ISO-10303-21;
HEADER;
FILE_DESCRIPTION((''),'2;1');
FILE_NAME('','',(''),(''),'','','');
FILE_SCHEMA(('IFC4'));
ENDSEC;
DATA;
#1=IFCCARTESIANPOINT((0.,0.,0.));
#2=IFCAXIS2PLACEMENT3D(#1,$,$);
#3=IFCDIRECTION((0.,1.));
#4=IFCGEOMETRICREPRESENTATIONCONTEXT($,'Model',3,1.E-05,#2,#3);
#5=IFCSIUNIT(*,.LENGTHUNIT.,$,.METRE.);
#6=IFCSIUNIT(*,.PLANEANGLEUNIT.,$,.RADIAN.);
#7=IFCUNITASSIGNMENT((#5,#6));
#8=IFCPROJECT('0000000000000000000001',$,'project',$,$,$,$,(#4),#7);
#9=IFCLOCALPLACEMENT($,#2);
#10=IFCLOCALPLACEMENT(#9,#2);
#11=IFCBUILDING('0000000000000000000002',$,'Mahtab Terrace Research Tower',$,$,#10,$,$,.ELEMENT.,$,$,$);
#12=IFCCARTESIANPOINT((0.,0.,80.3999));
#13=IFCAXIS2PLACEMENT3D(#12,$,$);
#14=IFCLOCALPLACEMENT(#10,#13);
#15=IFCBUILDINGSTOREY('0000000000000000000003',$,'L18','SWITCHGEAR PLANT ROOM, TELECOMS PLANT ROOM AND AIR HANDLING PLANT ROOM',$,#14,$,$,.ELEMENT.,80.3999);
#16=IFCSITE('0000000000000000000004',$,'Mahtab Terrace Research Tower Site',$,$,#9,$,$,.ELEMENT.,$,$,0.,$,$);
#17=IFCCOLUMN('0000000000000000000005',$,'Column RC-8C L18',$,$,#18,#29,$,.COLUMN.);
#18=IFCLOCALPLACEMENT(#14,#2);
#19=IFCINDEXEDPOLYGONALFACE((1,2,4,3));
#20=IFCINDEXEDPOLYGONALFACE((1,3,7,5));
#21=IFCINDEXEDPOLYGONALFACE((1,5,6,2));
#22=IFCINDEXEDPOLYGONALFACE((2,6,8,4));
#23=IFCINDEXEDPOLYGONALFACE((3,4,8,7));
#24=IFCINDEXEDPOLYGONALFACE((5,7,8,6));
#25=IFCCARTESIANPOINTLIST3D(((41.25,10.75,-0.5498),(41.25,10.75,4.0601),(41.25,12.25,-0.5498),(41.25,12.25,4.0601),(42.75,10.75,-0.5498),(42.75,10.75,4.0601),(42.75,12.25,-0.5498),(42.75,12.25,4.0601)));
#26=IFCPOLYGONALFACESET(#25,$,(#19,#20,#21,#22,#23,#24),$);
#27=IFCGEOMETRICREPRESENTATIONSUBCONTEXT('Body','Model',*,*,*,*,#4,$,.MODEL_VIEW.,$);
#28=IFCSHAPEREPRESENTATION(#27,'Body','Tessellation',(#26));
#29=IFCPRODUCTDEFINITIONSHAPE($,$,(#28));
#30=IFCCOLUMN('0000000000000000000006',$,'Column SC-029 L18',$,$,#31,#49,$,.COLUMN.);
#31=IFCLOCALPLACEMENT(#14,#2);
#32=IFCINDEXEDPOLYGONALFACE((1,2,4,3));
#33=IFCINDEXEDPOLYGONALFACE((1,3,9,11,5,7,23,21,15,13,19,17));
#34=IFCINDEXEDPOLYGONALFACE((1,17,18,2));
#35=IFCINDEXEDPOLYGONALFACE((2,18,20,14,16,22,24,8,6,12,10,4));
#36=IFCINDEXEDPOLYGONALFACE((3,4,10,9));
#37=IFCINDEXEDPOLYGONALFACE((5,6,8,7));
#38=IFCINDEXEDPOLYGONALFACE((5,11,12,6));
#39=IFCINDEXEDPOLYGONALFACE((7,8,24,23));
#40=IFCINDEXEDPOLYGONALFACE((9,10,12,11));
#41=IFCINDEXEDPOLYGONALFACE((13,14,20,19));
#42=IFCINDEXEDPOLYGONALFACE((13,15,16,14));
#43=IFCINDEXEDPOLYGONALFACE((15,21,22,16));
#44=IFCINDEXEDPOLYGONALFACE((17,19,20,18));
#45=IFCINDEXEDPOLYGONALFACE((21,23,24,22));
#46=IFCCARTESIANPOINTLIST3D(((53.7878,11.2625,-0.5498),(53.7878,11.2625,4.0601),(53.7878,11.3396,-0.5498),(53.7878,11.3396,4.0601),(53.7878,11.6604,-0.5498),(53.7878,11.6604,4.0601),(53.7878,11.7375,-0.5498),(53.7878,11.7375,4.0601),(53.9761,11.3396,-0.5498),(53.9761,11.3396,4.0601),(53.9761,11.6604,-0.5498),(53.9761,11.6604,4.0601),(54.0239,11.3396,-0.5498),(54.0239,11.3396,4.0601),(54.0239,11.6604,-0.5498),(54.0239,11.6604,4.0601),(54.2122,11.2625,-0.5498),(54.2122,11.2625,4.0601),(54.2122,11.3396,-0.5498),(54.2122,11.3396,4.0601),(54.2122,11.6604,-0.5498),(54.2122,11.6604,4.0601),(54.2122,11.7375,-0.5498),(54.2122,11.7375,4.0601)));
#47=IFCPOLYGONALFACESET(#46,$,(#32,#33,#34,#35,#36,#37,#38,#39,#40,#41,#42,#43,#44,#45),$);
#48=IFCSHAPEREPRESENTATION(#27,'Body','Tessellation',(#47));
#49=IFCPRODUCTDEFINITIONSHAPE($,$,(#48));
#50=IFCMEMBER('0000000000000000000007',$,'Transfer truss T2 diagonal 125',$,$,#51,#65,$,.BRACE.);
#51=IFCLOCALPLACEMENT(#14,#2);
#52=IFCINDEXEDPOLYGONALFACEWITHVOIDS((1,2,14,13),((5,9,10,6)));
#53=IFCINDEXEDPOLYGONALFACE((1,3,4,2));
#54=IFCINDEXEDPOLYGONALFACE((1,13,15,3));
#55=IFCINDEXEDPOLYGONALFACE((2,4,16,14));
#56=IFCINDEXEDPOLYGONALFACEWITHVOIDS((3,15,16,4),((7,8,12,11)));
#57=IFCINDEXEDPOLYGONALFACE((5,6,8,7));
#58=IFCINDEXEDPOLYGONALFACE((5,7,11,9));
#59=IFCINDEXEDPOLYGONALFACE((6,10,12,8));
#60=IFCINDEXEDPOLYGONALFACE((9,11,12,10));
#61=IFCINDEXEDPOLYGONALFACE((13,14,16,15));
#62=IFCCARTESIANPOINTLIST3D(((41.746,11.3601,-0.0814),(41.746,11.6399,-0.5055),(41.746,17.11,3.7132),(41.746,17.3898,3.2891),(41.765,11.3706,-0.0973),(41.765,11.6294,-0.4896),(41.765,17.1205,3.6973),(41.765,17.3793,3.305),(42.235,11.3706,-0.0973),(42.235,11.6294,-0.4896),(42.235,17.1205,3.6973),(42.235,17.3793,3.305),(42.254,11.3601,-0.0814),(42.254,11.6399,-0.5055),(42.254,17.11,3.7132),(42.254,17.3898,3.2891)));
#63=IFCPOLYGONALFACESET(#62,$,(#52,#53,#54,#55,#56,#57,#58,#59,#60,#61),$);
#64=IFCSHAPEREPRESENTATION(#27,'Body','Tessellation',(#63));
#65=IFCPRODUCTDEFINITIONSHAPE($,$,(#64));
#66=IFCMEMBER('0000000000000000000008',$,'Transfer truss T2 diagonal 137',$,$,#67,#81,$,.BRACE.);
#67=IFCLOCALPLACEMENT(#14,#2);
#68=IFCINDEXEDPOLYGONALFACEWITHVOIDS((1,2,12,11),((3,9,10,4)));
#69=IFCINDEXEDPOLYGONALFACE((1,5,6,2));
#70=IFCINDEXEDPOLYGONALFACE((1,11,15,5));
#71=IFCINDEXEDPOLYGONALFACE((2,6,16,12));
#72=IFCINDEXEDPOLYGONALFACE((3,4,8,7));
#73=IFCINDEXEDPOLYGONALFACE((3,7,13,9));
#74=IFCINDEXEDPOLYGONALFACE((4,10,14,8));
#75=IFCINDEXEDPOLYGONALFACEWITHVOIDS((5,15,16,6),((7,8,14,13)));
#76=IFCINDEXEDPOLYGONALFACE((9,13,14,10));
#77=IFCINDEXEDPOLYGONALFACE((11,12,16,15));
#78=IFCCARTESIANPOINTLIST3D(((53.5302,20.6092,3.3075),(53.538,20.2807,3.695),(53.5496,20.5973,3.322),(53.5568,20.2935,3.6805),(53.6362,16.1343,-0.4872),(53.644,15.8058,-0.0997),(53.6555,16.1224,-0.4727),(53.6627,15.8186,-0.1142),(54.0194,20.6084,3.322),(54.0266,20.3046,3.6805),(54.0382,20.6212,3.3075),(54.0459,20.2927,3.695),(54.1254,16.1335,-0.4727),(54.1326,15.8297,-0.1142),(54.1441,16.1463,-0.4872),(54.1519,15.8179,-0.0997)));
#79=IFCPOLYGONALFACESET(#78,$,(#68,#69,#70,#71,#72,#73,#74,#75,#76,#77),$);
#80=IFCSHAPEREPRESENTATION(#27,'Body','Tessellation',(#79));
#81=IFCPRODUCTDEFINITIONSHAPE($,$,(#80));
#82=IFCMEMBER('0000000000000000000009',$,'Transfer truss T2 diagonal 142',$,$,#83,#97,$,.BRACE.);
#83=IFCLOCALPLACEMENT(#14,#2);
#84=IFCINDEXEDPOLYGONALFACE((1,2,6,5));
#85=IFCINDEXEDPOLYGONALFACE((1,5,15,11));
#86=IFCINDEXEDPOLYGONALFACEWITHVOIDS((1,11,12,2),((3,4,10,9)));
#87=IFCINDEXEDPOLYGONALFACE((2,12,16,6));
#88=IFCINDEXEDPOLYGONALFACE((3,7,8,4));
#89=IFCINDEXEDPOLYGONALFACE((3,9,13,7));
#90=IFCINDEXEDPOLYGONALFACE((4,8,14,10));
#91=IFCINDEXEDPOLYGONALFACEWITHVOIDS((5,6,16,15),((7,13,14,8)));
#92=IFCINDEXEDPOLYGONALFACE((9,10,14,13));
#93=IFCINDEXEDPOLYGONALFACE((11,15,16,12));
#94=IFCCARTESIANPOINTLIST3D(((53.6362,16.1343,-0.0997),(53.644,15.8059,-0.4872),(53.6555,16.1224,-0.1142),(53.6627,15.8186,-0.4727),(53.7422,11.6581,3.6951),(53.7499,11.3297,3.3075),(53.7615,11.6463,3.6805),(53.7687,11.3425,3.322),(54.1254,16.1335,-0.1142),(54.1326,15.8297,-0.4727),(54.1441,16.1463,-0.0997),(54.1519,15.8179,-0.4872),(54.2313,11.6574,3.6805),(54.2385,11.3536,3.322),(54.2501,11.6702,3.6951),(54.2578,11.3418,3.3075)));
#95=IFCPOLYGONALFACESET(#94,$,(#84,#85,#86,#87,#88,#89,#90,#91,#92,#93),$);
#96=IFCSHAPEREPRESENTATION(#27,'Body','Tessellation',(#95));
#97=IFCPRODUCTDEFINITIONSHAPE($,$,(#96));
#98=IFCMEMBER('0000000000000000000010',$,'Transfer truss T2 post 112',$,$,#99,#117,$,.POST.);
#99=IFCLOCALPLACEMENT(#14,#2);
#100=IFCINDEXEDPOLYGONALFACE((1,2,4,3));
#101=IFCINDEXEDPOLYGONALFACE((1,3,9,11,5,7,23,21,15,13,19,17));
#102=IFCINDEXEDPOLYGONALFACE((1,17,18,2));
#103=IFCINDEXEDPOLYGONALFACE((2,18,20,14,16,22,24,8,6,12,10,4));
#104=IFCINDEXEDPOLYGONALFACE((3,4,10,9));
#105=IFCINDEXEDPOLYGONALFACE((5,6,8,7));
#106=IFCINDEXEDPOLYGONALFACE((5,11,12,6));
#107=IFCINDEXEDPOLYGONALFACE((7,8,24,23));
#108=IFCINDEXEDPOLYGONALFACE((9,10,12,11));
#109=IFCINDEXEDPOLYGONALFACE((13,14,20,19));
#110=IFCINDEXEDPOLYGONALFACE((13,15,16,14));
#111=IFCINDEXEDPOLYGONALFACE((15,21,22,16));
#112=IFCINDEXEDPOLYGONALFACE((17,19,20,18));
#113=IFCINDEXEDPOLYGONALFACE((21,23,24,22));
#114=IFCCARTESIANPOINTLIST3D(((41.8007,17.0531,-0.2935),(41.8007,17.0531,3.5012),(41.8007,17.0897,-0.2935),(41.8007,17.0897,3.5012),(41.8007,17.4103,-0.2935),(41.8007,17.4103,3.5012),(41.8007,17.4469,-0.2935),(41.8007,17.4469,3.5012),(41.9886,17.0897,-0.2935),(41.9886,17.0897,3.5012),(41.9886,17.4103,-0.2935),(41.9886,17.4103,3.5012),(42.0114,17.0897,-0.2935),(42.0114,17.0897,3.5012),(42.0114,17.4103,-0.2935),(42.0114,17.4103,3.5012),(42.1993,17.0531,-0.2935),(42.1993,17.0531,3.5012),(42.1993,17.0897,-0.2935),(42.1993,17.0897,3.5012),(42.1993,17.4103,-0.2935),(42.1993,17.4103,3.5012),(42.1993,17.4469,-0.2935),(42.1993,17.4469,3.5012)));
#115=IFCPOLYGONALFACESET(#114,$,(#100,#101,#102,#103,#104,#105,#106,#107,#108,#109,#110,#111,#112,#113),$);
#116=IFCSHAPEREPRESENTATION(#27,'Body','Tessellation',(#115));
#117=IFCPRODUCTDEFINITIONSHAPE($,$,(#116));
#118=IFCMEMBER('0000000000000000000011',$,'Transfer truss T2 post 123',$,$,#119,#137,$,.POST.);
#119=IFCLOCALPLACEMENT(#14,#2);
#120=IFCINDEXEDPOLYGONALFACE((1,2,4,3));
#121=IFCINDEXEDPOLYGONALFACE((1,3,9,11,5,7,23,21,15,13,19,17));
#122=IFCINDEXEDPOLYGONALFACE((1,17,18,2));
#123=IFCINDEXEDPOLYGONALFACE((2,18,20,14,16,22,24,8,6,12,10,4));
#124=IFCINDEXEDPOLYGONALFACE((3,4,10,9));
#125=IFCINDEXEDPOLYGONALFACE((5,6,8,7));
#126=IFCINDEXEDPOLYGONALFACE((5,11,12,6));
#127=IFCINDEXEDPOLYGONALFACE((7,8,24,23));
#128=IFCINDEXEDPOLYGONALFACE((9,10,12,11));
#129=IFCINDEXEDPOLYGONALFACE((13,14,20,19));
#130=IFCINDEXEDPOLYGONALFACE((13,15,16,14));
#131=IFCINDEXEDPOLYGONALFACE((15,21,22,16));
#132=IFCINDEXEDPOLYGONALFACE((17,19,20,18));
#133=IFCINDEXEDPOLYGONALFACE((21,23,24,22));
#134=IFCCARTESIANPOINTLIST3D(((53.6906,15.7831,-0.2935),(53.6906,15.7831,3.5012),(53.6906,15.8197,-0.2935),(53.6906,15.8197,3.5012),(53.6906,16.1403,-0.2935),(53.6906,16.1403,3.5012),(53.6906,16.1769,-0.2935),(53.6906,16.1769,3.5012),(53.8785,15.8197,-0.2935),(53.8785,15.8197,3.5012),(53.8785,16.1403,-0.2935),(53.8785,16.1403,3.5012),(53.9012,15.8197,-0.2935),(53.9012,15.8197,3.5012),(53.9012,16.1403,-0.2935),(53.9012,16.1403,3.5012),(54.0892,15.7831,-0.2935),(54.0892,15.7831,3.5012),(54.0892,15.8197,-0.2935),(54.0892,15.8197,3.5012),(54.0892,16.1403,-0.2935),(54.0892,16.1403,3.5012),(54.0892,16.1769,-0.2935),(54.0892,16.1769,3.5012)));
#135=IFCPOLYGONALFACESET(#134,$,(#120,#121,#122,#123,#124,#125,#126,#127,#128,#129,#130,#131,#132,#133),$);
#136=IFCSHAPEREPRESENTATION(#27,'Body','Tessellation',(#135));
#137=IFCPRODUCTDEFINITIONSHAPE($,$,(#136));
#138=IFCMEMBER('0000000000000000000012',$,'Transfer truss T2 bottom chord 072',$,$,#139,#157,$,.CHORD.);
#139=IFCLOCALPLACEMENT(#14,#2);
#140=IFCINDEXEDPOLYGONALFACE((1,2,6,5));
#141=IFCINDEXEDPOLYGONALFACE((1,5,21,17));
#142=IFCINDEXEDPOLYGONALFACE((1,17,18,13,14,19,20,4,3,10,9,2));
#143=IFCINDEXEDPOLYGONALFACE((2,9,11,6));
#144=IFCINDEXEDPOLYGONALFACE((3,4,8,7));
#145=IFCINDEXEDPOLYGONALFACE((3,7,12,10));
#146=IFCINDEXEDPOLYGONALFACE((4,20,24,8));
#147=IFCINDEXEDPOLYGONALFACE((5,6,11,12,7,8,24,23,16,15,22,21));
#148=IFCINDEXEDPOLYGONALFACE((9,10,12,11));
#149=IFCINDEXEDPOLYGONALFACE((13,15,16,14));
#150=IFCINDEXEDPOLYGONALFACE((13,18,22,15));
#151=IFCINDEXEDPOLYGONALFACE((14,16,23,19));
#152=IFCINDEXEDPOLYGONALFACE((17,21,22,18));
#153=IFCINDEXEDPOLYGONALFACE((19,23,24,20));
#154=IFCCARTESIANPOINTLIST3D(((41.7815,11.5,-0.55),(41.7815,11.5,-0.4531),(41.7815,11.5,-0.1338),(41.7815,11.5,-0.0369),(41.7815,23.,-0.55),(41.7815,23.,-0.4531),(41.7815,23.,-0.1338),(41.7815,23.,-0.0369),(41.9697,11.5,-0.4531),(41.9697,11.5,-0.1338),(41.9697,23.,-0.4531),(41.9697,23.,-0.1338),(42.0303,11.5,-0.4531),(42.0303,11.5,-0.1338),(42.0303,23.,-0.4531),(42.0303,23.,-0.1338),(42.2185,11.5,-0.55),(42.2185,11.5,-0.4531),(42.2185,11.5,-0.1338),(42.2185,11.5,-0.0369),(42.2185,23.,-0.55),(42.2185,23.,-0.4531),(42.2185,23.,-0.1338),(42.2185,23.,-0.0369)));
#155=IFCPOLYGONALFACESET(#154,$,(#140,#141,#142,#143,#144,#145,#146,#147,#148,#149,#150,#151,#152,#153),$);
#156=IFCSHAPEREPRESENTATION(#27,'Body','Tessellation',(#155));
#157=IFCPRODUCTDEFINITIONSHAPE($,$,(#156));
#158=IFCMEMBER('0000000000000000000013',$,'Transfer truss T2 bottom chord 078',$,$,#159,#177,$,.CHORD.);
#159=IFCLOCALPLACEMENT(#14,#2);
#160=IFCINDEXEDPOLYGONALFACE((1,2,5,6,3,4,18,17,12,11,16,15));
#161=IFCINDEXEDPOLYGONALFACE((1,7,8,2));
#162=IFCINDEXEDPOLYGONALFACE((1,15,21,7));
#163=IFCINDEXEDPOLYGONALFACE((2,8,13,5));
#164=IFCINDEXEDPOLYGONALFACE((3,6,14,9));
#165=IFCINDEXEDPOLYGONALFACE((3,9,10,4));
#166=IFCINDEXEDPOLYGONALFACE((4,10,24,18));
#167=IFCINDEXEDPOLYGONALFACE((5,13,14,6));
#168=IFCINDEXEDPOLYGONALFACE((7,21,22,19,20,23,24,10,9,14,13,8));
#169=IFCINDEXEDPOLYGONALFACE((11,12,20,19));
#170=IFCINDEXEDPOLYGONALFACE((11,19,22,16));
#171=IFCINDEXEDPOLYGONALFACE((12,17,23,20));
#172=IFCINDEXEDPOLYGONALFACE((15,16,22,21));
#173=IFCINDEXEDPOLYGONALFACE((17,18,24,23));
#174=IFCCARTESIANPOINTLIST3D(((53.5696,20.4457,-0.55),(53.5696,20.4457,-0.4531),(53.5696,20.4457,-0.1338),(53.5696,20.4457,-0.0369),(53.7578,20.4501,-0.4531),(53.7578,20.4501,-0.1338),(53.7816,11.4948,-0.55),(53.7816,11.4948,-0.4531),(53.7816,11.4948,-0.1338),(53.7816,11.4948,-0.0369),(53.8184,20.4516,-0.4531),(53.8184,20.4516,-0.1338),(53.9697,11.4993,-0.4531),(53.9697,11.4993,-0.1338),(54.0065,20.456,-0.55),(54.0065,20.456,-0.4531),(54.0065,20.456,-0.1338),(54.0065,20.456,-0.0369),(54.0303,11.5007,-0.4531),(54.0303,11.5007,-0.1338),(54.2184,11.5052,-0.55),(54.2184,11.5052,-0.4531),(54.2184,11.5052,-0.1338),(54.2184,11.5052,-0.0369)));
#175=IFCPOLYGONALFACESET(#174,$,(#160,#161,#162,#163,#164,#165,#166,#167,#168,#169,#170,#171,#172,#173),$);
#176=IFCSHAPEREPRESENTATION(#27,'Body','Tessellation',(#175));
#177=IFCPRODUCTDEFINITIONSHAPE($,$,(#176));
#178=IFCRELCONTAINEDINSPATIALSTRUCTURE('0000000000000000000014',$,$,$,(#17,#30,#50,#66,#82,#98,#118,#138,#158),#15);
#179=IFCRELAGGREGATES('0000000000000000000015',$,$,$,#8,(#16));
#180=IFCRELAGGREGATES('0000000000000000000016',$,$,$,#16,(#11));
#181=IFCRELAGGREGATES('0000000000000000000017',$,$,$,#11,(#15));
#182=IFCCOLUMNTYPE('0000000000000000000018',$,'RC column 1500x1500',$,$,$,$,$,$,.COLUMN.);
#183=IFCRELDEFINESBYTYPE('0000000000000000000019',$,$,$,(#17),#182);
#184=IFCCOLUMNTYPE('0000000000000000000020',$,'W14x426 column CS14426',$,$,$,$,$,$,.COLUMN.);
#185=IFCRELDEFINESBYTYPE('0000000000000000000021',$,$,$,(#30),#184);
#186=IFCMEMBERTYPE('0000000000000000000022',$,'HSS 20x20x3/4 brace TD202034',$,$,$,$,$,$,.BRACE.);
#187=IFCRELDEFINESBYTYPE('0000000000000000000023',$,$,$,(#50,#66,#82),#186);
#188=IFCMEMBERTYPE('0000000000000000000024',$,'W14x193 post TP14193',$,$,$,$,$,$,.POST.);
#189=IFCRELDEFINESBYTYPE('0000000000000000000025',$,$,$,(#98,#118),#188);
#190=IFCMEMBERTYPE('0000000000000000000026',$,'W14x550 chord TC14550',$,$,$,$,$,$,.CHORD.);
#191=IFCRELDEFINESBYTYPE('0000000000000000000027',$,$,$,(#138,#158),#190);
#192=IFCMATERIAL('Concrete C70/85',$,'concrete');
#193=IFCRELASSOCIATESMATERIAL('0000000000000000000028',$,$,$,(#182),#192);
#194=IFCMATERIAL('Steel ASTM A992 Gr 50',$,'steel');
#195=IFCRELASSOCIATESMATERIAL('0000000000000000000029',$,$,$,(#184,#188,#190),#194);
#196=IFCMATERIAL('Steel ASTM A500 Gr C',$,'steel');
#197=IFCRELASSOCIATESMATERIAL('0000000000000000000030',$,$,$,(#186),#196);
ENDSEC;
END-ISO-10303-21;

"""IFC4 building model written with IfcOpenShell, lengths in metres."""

from ifc_helpers import new_model, si_unit, direction, frame, origin, origin_2d, place, context, subcontext, project, spatial, rectangle, hollow_rectangle, i_section, extrude, material, material_profile, profile_set, type_object, element, save


model = new_model("IFC4")

# Units and contexts
model_context = context("Model", 3, precision=1e-05, world=origin(), true_north=direction((0.0, 1.0)))
body_context = subcontext(model_context, "Body", "Model", "MODEL_VIEW")
ifc_project = project(units=[si_unit("LENGTHUNIT", "METRE"), si_unit("PLANEANGLEUNIT", "RADIAN")], contexts=[model_context])

# Site, building, storey
site_placement = place(None, origin())
site = spatial("IfcSite", under=ifc_project, at=site_placement, Name="Mahtab Terrace Research Tower Site", CompositionType="ELEMENT", RefElevation=0.0)
building_placement = place(site_placement, origin())
building = spatial("IfcBuilding", under=site, at=building_placement, Name="Mahtab Terrace Research Tower", CompositionType="ELEMENT")
storey_placement = place(building_placement, frame((0.0, 0.0, 80.3999)))
storey = spatial("IfcBuildingStorey", under=building, at=storey_placement, Name="L18", Description="SWITCHGEAR PLANT ROOM, TELECOMS PLANT ROOM AND AIR HANDLING PLANT ROOM", CompositionType="ELEMENT", Elevation=80.3999)

# Columns
ifc_material_1 = material(Name="Concrete C70/85", Category="concrete")
ifc_material_profile_1 = material_profile(ifc_material_1, rectangle(XDim=1.5, YDim=1.5, at=origin_2d()), Name="RC column 1500x1500")
ifc_profile_set_1 = profile_set([ifc_material_profile_1], Name="Concrete C70/85")
column_type_1 = type_object("IfcColumnType", Name="RC column 1500x1500", PredefinedType="COLUMN", material=ifc_profile_set_1)
column_1_placement = place(storey_placement, frame((42.0, 11.5, -0.5498), z_axis=(0.0, 0.0, 1.0), x_axis=(1.0, 0.0, 0.0)))
element("IfcColumn", 1, at=column_1_placement, inside=storey, type_object=column_type_1, Name="Column RC-8C L18", PredefinedType="COLUMN", context=body_context, shape_type="SweptSolid", body=[
    extrude(rectangle(XDim=1.5, YDim=1.5, at=origin_2d()), origin(), (0.0, 0.0, 1.0), 4.6099),
])
ifc_material_2 = material(Name="Steel ASTM A992 Gr 50", Category="steel")
ifc_material_profile_2 = material_profile(ifc_material_2, i_section(OverallWidth=0.4243, OverallDepth=0.4751, WebThickness=0.0479, FlangeThickness=0.0771, at=origin_2d()), Name="W14X426")
ifc_profile_set_2 = profile_set([ifc_material_profile_2], Name="Steel ASTM A992 Gr 50")
column_type_2 = type_object("IfcColumnType", Name="W14x426 column CS14426", PredefinedType="COLUMN", material=ifc_profile_set_2)
column_2_placement = place(storey_placement, frame((54.0, 11.5, -0.5498), z_axis=(0.0, 0.0, 1.0), x_axis=(1.0, 0.0, 0.0)))
element("IfcColumn", 2, at=column_2_placement, inside=storey, type_object=column_type_2, Name="Column SC-029 L18", PredefinedType="COLUMN", context=body_context, shape_type="SweptSolid", body=[
    extrude(i_section(OverallWidth=0.4243, OverallDepth=0.4751, WebThickness=0.0479, FlangeThickness=0.0771, at=origin_2d()), origin(), (0.0, 0.0, 1.0), 4.6099),
])

# Members
ifc_material_3 = material(Name="Steel ASTM A500 Gr C", Category="steel")
ifc_material_profile_3 = material_profile(ifc_material_3, hollow_rectangle(XDim=0.5081, YDim=0.5081, WallThickness=0.019, at=origin_2d()), Name="HSS20X20X3/4")
ifc_profile_set_3 = profile_set([ifc_material_profile_3], Name="Steel ASTM A500 Gr C")
member_type_1 = type_object("IfcMemberType", Name="HSS 20x20x3/4 brace TD202034", PredefinedType="BRACE", material=ifc_profile_set_3)
member_1_placement = place(storey_placement, frame((42.0, 11.5, -0.2935), z_axis=(0.0, 0.834631, 0.55081), x_axis=(-1.0, 0.0, 0.0)))
element("IfcMember", 3, at=member_1_placement, inside=storey, type_object=member_type_1, Name="Transfer truss T2 diagonal 125", PredefinedType="BRACE", context=body_context, shape_type="SweptSolid", body=[
    extrude(hollow_rectangle(XDim=0.5081, YDim=0.5081, WallThickness=0.019, at=origin_2d()), origin(), (0.0, 0.0, 1.0), 6.8892),
])
member_2_placement = place(storey_placement, frame((53.894, 15.9761, -0.2935), z_axis=(-0.018056, 0.762567, 0.646657), x_axis=(-0.99972, -0.023672, 0.0)))
element("IfcMember", 4, at=member_2_placement, inside=storey, type_object=member_type_1, Name="Transfer truss T2 diagonal 137", PredefinedType="BRACE", context=body_context, shape_type="SweptSolid", body=[
    extrude(hollow_rectangle(XDim=0.5081, YDim=0.5081, WallThickness=0.019, at=origin_2d()), origin(), (0.0, 0.0, 1.0), 5.8682),
])
member_3_placement = place(storey_placement, frame((53.894, 15.9761, -0.2935), z_axis=(0.018053, -0.762654, 0.646555), x_axis=(0.99972, 0.023665, 0.0)))
element("IfcMember", 5, at=member_3_placement, inside=storey, type_object=member_type_1, Name="Transfer truss T2 diagonal 142", PredefinedType="BRACE", context=body_context, shape_type="SweptSolid", body=[
    extrude(hollow_rectangle(XDim=0.5081, YDim=0.5081, WallThickness=0.019, at=origin_2d()), origin(), (0.0, 0.0, 1.0), 5.8691),
])
ifc_material_profile_4 = material_profile(ifc_material_2, i_section(OverallWidth=0.3987, OverallDepth=0.3938, WebThickness=0.0227, FlangeThickness=0.0366, at=origin_2d()), Name="W14X193")
ifc_profile_set_4 = profile_set([ifc_material_profile_4], Name="Steel ASTM A992 Gr 50")
member_type_2 = type_object("IfcMemberType", Name="W14x193 post TP14193", PredefinedType="POST", material=ifc_profile_set_4)
for number, where, z_axis, x_axis, name in (
    (6, (42.0, 17.25, -0.2935), (0.0, 0.0, 1.0), (1.0, 0.0, 0.0), "Transfer truss T2 post 112"),
    (7, (53.8899, 15.98, -0.2935), (0.0, 0.0, 1.0), (1.0, 0.0, 0.0), "Transfer truss T2 post 123"),
):
    element("IfcMember", number, at=place(storey_placement, frame(where, z_axis=z_axis, x_axis=x_axis)), inside=storey, type_object=member_type_2, Name=name, PredefinedType="POST", context=body_context, shape_type="SweptSolid", body=[
        extrude(i_section(OverallWidth=0.3987, OverallDepth=0.3938, WebThickness=0.0227, FlangeThickness=0.0366, at=origin_2d()), origin(), (0.0, 0.0, 1.0), 3.7947),
    ])
ifc_material_profile_5 = material_profile(ifc_material_2, i_section(OverallWidth=0.437, OverallDepth=0.5132, WebThickness=0.0605, FlangeThickness=0.0969, at=origin_2d()), Name="W14X550")
ifc_profile_set_5 = profile_set([ifc_material_profile_5], Name="Steel ASTM A992 Gr 50")
member_type_3 = type_object("IfcMemberType", Name="W14x550 chord TC14550", PredefinedType="CHORD", material=ifc_profile_set_5)
member_4_placement = place(storey_placement, frame((42.0, 11.5, -0.2935), z_axis=(0.0, 1.0, 0.0), x_axis=(-1.0, 0.0, 0.0)))
element("IfcMember", 8, at=member_4_placement, inside=storey, type_object=member_type_3, Name="Transfer truss T2 bottom chord 072", PredefinedType="CHORD", context=body_context, shape_type="SweptSolid", body=[
    extrude(i_section(OverallWidth=0.437, OverallDepth=0.5132, WebThickness=0.0605, FlangeThickness=0.0969, at=origin_2d()), origin(), (0.0, 0.0, 1.0), 11.5),
])
member_5_placement = place(storey_placement, frame((54.0, 11.5, -0.2935), z_axis=(-0.023668, 0.99972, 0.0), x_axis=(-0.99972, -0.023668, 0.0)))
element("IfcMember", 9, at=member_5_placement, inside=storey, type_object=member_type_3, Name="Transfer truss T2 bottom chord 078", PredefinedType="CHORD", context=body_context, shape_type="SweptSolid", body=[
    extrude(i_section(OverallWidth=0.437, OverallDepth=0.5132, WebThickness=0.0605, FlangeThickness=0.0969, at=origin_2d()), origin(), (0.0, 0.0, 1.0), 8.9534),
])

save(model, "model.ifc")
